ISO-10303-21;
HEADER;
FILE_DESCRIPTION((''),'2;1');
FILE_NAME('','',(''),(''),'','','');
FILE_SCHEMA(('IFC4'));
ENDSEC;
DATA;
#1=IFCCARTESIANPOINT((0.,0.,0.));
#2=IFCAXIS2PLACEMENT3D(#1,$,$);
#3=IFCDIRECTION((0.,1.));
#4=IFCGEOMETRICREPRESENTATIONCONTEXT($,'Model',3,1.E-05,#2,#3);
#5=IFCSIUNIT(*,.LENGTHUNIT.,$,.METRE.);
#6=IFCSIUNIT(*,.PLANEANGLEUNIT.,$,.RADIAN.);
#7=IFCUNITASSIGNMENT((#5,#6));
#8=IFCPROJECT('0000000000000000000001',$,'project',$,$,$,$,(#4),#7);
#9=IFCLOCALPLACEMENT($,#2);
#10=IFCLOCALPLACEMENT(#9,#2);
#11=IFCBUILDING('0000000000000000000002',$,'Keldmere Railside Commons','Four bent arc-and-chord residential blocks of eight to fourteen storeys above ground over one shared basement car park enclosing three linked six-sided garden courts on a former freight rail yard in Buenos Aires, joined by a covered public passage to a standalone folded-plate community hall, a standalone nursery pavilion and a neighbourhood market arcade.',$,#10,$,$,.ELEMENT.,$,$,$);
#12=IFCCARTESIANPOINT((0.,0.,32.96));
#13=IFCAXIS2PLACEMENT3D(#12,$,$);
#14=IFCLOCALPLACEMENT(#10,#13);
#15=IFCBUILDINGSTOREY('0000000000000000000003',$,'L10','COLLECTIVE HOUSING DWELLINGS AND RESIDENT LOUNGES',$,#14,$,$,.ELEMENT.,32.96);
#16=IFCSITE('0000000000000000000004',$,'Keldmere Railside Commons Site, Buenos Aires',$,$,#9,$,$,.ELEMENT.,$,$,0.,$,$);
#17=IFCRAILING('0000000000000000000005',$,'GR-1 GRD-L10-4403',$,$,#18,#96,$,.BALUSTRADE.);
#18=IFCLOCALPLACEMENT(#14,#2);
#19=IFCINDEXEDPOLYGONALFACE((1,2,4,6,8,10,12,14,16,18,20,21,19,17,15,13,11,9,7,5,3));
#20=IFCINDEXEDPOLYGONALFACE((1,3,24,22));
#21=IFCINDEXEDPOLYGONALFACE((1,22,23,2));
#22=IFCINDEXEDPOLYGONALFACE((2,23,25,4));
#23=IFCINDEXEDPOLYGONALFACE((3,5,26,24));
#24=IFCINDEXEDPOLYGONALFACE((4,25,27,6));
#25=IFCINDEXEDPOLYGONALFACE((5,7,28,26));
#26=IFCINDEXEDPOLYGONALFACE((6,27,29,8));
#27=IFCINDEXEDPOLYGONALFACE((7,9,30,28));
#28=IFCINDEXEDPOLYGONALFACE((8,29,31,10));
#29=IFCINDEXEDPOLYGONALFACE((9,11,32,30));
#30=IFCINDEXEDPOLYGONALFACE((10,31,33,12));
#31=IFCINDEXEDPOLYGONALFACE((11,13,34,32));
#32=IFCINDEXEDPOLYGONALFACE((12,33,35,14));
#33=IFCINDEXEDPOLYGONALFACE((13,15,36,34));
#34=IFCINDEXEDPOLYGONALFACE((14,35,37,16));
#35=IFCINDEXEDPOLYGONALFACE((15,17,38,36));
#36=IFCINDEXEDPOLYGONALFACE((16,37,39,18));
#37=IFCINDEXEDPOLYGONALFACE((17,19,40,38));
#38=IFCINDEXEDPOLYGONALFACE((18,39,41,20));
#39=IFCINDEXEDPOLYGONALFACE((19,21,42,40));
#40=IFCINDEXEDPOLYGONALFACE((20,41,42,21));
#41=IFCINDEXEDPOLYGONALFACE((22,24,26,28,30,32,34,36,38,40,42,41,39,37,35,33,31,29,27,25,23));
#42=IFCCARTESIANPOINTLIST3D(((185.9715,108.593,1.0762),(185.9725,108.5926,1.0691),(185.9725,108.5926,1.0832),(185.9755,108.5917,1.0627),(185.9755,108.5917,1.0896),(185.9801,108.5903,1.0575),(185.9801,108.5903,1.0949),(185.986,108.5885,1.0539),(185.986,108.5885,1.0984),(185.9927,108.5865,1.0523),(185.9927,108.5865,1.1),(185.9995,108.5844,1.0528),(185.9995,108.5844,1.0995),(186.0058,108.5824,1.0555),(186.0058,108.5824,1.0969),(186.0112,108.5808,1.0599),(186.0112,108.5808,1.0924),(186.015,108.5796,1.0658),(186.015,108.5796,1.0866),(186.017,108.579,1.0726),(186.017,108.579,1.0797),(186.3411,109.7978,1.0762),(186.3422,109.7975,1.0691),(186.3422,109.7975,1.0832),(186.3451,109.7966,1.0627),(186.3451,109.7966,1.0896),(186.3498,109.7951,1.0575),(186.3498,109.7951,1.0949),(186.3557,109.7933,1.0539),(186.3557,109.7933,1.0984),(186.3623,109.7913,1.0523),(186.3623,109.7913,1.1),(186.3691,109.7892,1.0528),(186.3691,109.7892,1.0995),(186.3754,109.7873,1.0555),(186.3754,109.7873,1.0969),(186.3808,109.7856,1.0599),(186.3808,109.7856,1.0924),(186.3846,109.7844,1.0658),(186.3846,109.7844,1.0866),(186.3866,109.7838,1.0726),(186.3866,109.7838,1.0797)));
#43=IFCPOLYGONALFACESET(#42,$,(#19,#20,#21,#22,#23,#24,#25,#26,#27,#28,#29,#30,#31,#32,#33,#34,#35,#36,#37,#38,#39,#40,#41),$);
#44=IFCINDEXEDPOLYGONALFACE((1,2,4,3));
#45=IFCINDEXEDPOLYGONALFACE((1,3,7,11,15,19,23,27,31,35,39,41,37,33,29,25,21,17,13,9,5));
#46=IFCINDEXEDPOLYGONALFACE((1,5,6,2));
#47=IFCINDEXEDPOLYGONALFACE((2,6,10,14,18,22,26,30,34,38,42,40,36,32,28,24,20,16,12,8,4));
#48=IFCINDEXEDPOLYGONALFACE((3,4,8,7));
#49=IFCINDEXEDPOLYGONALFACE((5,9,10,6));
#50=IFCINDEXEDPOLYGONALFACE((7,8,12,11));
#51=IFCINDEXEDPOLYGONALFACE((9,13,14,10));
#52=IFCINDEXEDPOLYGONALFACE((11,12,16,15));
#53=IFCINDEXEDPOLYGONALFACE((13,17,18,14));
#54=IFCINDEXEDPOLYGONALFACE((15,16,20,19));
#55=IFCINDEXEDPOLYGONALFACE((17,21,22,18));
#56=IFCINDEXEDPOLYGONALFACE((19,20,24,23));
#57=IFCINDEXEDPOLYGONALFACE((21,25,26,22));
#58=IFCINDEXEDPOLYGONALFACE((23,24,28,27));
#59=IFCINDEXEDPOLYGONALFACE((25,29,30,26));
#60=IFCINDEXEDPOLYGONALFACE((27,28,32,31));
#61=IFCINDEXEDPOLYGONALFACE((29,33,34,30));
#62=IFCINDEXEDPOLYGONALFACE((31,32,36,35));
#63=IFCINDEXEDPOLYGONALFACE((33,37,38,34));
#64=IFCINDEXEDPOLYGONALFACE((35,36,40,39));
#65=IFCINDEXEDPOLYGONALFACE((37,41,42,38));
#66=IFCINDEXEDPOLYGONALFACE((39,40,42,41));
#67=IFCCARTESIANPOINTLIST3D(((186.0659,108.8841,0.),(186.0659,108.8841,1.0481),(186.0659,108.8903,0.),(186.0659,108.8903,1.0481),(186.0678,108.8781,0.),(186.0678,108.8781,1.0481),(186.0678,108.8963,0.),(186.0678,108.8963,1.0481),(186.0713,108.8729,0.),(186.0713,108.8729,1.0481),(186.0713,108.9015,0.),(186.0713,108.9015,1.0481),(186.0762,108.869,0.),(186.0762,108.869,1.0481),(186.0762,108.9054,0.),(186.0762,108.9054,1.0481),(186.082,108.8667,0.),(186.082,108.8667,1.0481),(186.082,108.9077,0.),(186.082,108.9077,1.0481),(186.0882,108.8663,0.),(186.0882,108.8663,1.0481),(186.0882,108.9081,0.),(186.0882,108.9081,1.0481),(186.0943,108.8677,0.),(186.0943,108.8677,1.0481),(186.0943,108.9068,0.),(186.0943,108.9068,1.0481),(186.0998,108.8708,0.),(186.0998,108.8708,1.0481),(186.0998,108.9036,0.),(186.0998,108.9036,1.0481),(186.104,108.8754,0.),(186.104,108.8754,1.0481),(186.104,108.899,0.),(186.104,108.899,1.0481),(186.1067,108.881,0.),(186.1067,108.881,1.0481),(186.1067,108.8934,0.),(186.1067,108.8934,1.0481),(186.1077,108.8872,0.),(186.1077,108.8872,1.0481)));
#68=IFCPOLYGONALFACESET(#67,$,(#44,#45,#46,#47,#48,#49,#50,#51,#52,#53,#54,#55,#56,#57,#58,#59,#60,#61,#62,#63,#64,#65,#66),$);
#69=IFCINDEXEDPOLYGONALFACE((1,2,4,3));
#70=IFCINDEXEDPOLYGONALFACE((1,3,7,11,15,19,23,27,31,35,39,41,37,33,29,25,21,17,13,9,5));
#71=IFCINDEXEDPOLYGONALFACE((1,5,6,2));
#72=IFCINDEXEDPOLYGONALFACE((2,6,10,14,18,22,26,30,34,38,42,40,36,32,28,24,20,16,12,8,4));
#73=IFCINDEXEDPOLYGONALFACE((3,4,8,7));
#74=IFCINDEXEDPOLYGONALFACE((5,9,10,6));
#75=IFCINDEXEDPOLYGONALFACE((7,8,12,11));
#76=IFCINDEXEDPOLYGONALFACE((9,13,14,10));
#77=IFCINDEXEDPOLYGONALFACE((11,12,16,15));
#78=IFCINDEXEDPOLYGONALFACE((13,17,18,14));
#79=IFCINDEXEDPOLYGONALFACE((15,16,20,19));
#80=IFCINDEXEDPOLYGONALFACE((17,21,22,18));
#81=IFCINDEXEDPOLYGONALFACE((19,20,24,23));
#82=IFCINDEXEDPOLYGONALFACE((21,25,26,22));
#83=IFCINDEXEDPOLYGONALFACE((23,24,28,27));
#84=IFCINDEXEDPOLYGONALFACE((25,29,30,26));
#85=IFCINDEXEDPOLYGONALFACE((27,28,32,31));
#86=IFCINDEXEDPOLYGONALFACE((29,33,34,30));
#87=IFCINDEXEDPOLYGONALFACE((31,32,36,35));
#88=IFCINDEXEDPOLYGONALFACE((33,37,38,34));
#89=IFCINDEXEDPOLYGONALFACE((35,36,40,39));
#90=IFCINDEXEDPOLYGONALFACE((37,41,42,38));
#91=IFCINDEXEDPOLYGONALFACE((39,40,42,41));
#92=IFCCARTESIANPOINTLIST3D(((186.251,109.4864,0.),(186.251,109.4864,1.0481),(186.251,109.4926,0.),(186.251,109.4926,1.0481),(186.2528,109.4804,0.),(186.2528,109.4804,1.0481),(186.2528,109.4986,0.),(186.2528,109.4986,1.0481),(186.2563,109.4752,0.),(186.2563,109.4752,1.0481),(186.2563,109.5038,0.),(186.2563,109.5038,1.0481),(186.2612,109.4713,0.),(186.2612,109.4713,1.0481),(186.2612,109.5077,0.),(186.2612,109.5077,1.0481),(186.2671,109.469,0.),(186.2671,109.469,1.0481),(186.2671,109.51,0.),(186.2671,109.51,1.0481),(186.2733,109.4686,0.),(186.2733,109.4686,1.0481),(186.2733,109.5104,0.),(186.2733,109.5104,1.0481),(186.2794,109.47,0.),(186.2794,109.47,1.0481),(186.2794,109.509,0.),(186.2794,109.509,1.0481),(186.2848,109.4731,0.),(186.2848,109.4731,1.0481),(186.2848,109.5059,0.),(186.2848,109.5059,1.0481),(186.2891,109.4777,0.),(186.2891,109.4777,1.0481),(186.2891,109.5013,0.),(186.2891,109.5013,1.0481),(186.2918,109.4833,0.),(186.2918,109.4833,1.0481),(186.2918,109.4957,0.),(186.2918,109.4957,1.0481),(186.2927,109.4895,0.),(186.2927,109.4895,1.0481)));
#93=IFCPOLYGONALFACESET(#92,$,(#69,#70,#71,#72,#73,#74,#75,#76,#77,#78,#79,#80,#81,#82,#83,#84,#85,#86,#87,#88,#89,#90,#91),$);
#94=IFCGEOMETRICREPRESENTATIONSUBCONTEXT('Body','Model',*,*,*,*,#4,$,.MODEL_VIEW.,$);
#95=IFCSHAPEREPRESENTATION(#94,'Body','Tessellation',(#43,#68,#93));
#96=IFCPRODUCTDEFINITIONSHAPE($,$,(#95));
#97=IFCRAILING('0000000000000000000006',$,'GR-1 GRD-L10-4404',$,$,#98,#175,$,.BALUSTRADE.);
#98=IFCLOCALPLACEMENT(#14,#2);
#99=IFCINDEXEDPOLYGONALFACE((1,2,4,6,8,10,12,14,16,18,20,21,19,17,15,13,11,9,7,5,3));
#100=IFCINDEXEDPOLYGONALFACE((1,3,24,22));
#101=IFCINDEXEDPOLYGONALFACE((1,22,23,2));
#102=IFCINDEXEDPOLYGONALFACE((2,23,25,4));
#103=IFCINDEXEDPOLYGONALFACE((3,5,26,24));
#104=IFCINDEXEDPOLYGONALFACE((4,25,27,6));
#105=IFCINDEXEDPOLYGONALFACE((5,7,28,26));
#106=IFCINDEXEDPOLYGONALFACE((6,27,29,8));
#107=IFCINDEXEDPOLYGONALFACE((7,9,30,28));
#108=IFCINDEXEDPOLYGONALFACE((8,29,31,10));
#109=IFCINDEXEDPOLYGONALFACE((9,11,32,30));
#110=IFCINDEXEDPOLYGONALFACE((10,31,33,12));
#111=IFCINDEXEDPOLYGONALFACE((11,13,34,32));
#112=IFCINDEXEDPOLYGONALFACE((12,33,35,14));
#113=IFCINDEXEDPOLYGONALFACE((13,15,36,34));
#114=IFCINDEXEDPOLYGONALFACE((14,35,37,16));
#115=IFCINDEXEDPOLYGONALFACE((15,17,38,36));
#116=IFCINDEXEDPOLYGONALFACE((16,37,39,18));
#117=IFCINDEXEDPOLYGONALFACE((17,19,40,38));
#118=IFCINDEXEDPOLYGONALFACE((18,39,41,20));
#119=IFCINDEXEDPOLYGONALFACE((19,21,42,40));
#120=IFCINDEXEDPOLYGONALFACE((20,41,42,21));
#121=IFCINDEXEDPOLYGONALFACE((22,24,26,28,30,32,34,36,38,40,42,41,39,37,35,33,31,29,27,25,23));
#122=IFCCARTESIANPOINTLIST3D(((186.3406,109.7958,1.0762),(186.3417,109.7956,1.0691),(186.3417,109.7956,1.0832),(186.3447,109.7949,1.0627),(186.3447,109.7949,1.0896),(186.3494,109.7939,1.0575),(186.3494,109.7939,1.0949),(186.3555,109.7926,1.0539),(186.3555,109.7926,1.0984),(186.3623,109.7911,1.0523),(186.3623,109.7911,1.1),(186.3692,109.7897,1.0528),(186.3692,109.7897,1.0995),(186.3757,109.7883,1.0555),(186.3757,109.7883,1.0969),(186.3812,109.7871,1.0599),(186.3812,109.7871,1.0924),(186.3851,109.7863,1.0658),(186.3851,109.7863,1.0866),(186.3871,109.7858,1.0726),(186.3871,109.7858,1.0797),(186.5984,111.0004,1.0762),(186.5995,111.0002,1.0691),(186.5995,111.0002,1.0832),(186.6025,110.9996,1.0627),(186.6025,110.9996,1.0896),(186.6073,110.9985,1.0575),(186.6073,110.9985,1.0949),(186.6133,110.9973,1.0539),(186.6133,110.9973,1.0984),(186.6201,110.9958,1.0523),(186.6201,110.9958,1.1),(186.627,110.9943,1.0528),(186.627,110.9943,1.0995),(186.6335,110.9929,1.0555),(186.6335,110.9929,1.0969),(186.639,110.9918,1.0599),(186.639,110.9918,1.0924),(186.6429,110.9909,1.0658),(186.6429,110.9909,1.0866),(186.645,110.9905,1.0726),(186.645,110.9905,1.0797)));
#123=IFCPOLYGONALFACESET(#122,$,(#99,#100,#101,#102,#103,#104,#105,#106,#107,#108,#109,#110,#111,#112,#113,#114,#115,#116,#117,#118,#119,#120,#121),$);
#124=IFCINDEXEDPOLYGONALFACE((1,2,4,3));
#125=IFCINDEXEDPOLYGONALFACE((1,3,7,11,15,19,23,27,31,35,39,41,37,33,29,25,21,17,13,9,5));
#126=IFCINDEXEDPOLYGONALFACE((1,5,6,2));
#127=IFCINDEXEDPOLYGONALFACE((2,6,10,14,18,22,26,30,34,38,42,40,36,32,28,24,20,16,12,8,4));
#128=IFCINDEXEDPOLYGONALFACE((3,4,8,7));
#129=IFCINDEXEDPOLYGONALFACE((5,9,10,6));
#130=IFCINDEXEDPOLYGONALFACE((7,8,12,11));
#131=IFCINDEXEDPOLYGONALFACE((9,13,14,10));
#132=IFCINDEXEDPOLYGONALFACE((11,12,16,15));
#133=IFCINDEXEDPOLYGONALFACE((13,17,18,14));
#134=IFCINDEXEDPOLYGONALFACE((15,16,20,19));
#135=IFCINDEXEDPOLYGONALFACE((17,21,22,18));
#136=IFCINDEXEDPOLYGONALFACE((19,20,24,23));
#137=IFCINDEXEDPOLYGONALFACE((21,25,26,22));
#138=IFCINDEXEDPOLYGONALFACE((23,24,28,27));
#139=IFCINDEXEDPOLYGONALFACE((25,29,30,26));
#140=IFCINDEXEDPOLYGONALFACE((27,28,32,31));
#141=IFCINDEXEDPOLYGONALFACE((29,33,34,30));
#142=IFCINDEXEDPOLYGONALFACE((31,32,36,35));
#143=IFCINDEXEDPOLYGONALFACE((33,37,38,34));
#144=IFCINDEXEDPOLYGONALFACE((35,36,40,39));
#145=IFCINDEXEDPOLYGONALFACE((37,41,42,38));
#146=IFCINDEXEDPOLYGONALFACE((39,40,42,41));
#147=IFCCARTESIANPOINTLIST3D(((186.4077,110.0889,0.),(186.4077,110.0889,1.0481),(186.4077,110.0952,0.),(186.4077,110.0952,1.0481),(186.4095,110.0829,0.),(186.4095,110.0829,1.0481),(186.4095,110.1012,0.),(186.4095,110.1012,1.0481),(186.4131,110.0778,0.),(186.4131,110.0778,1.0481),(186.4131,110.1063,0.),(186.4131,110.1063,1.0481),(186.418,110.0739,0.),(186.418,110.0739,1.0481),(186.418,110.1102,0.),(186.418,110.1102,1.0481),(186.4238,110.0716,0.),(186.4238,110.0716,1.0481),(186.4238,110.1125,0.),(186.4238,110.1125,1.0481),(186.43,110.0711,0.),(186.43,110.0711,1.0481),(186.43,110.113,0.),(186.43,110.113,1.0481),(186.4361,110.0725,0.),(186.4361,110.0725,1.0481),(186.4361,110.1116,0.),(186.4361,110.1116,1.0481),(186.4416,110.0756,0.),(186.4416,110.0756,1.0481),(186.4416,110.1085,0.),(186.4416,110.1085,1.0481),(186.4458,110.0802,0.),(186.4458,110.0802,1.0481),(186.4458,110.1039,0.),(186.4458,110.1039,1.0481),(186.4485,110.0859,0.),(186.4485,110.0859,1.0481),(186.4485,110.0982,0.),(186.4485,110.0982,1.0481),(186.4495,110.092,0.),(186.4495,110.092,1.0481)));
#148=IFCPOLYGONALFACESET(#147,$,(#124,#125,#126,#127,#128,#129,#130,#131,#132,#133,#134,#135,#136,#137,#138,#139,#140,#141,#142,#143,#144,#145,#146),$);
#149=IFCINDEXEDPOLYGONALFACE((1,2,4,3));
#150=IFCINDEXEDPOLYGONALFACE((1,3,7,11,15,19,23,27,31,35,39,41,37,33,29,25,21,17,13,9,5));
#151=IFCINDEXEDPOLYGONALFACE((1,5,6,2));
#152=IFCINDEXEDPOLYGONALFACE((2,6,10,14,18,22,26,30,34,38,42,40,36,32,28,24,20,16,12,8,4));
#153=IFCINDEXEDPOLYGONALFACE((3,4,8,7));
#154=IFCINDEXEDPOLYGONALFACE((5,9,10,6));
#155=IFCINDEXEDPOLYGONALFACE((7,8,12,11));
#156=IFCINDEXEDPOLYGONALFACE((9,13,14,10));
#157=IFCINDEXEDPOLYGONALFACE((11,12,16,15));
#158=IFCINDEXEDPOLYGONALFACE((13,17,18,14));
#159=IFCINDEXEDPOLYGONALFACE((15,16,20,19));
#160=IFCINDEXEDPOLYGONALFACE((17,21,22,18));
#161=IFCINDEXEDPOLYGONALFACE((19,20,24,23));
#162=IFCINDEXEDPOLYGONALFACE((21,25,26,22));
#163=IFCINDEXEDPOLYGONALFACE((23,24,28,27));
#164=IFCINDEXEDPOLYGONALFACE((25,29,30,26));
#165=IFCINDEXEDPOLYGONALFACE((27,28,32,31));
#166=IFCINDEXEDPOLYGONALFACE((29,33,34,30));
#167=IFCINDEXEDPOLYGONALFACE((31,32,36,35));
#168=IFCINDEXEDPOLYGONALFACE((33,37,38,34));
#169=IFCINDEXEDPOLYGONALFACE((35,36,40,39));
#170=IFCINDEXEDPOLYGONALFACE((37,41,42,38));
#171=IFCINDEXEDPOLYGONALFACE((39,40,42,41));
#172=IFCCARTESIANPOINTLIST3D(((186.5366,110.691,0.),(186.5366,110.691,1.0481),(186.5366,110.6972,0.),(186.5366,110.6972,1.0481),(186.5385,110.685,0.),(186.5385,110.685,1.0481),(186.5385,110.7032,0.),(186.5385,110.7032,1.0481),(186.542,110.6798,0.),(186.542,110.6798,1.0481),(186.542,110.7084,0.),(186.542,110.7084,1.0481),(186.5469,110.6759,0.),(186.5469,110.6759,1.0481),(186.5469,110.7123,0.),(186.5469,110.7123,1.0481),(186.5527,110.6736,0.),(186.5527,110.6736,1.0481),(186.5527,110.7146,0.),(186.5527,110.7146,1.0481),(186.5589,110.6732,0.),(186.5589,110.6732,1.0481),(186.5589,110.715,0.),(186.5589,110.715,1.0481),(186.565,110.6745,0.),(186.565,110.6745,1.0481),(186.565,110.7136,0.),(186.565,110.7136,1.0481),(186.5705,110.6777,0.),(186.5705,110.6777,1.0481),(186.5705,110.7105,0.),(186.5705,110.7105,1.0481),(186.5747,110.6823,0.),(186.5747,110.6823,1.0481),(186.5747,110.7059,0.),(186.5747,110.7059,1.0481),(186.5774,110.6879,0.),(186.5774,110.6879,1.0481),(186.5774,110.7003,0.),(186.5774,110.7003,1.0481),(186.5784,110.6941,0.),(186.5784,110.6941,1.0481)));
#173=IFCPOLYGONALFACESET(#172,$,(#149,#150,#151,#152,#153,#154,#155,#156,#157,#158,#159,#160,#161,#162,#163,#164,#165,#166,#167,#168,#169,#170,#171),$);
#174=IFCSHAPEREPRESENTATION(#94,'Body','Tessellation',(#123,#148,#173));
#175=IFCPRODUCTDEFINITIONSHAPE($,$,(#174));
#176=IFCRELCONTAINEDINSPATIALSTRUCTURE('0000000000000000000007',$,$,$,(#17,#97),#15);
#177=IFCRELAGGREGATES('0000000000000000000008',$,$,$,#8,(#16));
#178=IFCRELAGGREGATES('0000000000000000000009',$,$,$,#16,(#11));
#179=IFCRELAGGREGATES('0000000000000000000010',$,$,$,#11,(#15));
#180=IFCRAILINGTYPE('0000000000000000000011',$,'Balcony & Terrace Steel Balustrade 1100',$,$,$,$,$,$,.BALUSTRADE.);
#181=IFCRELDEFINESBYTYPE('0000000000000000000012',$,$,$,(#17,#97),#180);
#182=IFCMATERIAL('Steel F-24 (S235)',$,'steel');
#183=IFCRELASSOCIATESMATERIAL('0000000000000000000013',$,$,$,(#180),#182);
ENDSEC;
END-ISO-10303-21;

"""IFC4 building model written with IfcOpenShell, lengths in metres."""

from ifc_helpers import new_model, si_unit, direction, frame, origin, origin_2d, place, context, subcontext, project, spatial, circle, extrude, material, type_object, element, save


model = new_model("IFC4")

# Units and contexts
model_context = context("Model", 3, precision=1e-05, world=origin(), true_north=direction((0.0, 1.0)))
body_context = subcontext(model_context, "Body", "Model", "MODEL_VIEW")
ifc_project = project(units=[si_unit("LENGTHUNIT", "METRE"), si_unit("PLANEANGLEUNIT", "RADIAN")], contexts=[model_context])

# Site, building, storey
site_placement = place(None, origin())
site = spatial("IfcSite", under=ifc_project, at=site_placement, Name="Keldmere Railside Commons Site, Buenos Aires", CompositionType="ELEMENT", RefElevation=0.0)
building_placement = place(site_placement, origin())
building = spatial("IfcBuilding", under=site, at=building_placement, Name="Keldmere Railside Commons", Description="Four bent arc-and-chord residential blocks of eight to fourteen storeys above ground over one shared basement car park enclosing three linked six-sided garden courts on a former freight rail yard in Buenos Aires, joined by a covered public passage to a standalone folded-plate community hall, a standalone nursery pavilion and a neighbourhood market arcade.", CompositionType="ELEMENT")
storey_placement = place(building_placement, frame((0.0, 0.0, 32.96)))
storey = spatial("IfcBuildingStorey", under=building, at=storey_placement, Name="L10", Description="COLLECTIVE HOUSING DWELLINGS AND RESIDENT LOUNGES", CompositionType="ELEMENT", Elevation=32.96)

# Railings
ifc_material_1 = material(Name="Steel F-24 (S235)", Category="steel")
railing_type = type_object("IfcRailingType", Name="Balcony & Terrace Steel Balustrade 1100", PredefinedType="BALUSTRADE", material=ifc_material_1)
railing_1_placement = place(storey_placement, frame((185.9944, 108.5859, 0.0)))
element("IfcRailing", 1, at=railing_1_placement, inside=storey, type_object=railing_type, Name="GR-1 GRD-L10-4403", PredefinedType="BALUSTRADE", context=body_context, shape_type="SweptSolid", body=[
    extrude(circle(Radius=0.0239, at=origin_2d()), frame((0.0, 0.0, 1.0762), z_axis=(0.293296, 0.956022, 0.0), x_axis=(-0.956022, 0.293296, 0.0)), (0.0, 0.0, 1.0), 1.2603),
    extrude(circle(Radius=0.021, at=origin_2d()), frame((0.0923, 0.3013, 0.0)), (0.0, 0.0, 1.0), 1.0481),
    extrude(circle(Radius=0.021, at=origin_2d()), frame((0.2773, 0.9036, 0.0)), (0.0, 0.0, 1.0), 1.0481),
])
railing_2_placement = place(storey_placement, frame((186.364, 109.7908, 0.0)))
element("IfcRailing", 2, at=railing_2_placement, inside=storey, type_object=railing_type, Name="GR-1 GRD-L10-4404", PredefinedType="BALUSTRADE", context=body_context, shape_type="SweptSolid", body=[
    extrude(circle(Radius=0.0239, at=origin_2d()), frame((0.0, 0.0, 1.0762), z_axis=(0.209285, 0.977855, 0.0), x_axis=(-0.977855, 0.209285, 0.0)), (0.0, 0.0, 1.0), 1.2319),
    extrude(circle(Radius=0.021, at=origin_2d()), frame((0.0645, 0.3013, 0.0)), (0.0, 0.0, 1.0), 1.0481),
    extrude(circle(Radius=0.021, at=origin_2d()), frame((0.1934, 0.9033, 0.0)), (0.0, 0.0, 1.0), 1.0481),
])

save(model, "model.ifc")
